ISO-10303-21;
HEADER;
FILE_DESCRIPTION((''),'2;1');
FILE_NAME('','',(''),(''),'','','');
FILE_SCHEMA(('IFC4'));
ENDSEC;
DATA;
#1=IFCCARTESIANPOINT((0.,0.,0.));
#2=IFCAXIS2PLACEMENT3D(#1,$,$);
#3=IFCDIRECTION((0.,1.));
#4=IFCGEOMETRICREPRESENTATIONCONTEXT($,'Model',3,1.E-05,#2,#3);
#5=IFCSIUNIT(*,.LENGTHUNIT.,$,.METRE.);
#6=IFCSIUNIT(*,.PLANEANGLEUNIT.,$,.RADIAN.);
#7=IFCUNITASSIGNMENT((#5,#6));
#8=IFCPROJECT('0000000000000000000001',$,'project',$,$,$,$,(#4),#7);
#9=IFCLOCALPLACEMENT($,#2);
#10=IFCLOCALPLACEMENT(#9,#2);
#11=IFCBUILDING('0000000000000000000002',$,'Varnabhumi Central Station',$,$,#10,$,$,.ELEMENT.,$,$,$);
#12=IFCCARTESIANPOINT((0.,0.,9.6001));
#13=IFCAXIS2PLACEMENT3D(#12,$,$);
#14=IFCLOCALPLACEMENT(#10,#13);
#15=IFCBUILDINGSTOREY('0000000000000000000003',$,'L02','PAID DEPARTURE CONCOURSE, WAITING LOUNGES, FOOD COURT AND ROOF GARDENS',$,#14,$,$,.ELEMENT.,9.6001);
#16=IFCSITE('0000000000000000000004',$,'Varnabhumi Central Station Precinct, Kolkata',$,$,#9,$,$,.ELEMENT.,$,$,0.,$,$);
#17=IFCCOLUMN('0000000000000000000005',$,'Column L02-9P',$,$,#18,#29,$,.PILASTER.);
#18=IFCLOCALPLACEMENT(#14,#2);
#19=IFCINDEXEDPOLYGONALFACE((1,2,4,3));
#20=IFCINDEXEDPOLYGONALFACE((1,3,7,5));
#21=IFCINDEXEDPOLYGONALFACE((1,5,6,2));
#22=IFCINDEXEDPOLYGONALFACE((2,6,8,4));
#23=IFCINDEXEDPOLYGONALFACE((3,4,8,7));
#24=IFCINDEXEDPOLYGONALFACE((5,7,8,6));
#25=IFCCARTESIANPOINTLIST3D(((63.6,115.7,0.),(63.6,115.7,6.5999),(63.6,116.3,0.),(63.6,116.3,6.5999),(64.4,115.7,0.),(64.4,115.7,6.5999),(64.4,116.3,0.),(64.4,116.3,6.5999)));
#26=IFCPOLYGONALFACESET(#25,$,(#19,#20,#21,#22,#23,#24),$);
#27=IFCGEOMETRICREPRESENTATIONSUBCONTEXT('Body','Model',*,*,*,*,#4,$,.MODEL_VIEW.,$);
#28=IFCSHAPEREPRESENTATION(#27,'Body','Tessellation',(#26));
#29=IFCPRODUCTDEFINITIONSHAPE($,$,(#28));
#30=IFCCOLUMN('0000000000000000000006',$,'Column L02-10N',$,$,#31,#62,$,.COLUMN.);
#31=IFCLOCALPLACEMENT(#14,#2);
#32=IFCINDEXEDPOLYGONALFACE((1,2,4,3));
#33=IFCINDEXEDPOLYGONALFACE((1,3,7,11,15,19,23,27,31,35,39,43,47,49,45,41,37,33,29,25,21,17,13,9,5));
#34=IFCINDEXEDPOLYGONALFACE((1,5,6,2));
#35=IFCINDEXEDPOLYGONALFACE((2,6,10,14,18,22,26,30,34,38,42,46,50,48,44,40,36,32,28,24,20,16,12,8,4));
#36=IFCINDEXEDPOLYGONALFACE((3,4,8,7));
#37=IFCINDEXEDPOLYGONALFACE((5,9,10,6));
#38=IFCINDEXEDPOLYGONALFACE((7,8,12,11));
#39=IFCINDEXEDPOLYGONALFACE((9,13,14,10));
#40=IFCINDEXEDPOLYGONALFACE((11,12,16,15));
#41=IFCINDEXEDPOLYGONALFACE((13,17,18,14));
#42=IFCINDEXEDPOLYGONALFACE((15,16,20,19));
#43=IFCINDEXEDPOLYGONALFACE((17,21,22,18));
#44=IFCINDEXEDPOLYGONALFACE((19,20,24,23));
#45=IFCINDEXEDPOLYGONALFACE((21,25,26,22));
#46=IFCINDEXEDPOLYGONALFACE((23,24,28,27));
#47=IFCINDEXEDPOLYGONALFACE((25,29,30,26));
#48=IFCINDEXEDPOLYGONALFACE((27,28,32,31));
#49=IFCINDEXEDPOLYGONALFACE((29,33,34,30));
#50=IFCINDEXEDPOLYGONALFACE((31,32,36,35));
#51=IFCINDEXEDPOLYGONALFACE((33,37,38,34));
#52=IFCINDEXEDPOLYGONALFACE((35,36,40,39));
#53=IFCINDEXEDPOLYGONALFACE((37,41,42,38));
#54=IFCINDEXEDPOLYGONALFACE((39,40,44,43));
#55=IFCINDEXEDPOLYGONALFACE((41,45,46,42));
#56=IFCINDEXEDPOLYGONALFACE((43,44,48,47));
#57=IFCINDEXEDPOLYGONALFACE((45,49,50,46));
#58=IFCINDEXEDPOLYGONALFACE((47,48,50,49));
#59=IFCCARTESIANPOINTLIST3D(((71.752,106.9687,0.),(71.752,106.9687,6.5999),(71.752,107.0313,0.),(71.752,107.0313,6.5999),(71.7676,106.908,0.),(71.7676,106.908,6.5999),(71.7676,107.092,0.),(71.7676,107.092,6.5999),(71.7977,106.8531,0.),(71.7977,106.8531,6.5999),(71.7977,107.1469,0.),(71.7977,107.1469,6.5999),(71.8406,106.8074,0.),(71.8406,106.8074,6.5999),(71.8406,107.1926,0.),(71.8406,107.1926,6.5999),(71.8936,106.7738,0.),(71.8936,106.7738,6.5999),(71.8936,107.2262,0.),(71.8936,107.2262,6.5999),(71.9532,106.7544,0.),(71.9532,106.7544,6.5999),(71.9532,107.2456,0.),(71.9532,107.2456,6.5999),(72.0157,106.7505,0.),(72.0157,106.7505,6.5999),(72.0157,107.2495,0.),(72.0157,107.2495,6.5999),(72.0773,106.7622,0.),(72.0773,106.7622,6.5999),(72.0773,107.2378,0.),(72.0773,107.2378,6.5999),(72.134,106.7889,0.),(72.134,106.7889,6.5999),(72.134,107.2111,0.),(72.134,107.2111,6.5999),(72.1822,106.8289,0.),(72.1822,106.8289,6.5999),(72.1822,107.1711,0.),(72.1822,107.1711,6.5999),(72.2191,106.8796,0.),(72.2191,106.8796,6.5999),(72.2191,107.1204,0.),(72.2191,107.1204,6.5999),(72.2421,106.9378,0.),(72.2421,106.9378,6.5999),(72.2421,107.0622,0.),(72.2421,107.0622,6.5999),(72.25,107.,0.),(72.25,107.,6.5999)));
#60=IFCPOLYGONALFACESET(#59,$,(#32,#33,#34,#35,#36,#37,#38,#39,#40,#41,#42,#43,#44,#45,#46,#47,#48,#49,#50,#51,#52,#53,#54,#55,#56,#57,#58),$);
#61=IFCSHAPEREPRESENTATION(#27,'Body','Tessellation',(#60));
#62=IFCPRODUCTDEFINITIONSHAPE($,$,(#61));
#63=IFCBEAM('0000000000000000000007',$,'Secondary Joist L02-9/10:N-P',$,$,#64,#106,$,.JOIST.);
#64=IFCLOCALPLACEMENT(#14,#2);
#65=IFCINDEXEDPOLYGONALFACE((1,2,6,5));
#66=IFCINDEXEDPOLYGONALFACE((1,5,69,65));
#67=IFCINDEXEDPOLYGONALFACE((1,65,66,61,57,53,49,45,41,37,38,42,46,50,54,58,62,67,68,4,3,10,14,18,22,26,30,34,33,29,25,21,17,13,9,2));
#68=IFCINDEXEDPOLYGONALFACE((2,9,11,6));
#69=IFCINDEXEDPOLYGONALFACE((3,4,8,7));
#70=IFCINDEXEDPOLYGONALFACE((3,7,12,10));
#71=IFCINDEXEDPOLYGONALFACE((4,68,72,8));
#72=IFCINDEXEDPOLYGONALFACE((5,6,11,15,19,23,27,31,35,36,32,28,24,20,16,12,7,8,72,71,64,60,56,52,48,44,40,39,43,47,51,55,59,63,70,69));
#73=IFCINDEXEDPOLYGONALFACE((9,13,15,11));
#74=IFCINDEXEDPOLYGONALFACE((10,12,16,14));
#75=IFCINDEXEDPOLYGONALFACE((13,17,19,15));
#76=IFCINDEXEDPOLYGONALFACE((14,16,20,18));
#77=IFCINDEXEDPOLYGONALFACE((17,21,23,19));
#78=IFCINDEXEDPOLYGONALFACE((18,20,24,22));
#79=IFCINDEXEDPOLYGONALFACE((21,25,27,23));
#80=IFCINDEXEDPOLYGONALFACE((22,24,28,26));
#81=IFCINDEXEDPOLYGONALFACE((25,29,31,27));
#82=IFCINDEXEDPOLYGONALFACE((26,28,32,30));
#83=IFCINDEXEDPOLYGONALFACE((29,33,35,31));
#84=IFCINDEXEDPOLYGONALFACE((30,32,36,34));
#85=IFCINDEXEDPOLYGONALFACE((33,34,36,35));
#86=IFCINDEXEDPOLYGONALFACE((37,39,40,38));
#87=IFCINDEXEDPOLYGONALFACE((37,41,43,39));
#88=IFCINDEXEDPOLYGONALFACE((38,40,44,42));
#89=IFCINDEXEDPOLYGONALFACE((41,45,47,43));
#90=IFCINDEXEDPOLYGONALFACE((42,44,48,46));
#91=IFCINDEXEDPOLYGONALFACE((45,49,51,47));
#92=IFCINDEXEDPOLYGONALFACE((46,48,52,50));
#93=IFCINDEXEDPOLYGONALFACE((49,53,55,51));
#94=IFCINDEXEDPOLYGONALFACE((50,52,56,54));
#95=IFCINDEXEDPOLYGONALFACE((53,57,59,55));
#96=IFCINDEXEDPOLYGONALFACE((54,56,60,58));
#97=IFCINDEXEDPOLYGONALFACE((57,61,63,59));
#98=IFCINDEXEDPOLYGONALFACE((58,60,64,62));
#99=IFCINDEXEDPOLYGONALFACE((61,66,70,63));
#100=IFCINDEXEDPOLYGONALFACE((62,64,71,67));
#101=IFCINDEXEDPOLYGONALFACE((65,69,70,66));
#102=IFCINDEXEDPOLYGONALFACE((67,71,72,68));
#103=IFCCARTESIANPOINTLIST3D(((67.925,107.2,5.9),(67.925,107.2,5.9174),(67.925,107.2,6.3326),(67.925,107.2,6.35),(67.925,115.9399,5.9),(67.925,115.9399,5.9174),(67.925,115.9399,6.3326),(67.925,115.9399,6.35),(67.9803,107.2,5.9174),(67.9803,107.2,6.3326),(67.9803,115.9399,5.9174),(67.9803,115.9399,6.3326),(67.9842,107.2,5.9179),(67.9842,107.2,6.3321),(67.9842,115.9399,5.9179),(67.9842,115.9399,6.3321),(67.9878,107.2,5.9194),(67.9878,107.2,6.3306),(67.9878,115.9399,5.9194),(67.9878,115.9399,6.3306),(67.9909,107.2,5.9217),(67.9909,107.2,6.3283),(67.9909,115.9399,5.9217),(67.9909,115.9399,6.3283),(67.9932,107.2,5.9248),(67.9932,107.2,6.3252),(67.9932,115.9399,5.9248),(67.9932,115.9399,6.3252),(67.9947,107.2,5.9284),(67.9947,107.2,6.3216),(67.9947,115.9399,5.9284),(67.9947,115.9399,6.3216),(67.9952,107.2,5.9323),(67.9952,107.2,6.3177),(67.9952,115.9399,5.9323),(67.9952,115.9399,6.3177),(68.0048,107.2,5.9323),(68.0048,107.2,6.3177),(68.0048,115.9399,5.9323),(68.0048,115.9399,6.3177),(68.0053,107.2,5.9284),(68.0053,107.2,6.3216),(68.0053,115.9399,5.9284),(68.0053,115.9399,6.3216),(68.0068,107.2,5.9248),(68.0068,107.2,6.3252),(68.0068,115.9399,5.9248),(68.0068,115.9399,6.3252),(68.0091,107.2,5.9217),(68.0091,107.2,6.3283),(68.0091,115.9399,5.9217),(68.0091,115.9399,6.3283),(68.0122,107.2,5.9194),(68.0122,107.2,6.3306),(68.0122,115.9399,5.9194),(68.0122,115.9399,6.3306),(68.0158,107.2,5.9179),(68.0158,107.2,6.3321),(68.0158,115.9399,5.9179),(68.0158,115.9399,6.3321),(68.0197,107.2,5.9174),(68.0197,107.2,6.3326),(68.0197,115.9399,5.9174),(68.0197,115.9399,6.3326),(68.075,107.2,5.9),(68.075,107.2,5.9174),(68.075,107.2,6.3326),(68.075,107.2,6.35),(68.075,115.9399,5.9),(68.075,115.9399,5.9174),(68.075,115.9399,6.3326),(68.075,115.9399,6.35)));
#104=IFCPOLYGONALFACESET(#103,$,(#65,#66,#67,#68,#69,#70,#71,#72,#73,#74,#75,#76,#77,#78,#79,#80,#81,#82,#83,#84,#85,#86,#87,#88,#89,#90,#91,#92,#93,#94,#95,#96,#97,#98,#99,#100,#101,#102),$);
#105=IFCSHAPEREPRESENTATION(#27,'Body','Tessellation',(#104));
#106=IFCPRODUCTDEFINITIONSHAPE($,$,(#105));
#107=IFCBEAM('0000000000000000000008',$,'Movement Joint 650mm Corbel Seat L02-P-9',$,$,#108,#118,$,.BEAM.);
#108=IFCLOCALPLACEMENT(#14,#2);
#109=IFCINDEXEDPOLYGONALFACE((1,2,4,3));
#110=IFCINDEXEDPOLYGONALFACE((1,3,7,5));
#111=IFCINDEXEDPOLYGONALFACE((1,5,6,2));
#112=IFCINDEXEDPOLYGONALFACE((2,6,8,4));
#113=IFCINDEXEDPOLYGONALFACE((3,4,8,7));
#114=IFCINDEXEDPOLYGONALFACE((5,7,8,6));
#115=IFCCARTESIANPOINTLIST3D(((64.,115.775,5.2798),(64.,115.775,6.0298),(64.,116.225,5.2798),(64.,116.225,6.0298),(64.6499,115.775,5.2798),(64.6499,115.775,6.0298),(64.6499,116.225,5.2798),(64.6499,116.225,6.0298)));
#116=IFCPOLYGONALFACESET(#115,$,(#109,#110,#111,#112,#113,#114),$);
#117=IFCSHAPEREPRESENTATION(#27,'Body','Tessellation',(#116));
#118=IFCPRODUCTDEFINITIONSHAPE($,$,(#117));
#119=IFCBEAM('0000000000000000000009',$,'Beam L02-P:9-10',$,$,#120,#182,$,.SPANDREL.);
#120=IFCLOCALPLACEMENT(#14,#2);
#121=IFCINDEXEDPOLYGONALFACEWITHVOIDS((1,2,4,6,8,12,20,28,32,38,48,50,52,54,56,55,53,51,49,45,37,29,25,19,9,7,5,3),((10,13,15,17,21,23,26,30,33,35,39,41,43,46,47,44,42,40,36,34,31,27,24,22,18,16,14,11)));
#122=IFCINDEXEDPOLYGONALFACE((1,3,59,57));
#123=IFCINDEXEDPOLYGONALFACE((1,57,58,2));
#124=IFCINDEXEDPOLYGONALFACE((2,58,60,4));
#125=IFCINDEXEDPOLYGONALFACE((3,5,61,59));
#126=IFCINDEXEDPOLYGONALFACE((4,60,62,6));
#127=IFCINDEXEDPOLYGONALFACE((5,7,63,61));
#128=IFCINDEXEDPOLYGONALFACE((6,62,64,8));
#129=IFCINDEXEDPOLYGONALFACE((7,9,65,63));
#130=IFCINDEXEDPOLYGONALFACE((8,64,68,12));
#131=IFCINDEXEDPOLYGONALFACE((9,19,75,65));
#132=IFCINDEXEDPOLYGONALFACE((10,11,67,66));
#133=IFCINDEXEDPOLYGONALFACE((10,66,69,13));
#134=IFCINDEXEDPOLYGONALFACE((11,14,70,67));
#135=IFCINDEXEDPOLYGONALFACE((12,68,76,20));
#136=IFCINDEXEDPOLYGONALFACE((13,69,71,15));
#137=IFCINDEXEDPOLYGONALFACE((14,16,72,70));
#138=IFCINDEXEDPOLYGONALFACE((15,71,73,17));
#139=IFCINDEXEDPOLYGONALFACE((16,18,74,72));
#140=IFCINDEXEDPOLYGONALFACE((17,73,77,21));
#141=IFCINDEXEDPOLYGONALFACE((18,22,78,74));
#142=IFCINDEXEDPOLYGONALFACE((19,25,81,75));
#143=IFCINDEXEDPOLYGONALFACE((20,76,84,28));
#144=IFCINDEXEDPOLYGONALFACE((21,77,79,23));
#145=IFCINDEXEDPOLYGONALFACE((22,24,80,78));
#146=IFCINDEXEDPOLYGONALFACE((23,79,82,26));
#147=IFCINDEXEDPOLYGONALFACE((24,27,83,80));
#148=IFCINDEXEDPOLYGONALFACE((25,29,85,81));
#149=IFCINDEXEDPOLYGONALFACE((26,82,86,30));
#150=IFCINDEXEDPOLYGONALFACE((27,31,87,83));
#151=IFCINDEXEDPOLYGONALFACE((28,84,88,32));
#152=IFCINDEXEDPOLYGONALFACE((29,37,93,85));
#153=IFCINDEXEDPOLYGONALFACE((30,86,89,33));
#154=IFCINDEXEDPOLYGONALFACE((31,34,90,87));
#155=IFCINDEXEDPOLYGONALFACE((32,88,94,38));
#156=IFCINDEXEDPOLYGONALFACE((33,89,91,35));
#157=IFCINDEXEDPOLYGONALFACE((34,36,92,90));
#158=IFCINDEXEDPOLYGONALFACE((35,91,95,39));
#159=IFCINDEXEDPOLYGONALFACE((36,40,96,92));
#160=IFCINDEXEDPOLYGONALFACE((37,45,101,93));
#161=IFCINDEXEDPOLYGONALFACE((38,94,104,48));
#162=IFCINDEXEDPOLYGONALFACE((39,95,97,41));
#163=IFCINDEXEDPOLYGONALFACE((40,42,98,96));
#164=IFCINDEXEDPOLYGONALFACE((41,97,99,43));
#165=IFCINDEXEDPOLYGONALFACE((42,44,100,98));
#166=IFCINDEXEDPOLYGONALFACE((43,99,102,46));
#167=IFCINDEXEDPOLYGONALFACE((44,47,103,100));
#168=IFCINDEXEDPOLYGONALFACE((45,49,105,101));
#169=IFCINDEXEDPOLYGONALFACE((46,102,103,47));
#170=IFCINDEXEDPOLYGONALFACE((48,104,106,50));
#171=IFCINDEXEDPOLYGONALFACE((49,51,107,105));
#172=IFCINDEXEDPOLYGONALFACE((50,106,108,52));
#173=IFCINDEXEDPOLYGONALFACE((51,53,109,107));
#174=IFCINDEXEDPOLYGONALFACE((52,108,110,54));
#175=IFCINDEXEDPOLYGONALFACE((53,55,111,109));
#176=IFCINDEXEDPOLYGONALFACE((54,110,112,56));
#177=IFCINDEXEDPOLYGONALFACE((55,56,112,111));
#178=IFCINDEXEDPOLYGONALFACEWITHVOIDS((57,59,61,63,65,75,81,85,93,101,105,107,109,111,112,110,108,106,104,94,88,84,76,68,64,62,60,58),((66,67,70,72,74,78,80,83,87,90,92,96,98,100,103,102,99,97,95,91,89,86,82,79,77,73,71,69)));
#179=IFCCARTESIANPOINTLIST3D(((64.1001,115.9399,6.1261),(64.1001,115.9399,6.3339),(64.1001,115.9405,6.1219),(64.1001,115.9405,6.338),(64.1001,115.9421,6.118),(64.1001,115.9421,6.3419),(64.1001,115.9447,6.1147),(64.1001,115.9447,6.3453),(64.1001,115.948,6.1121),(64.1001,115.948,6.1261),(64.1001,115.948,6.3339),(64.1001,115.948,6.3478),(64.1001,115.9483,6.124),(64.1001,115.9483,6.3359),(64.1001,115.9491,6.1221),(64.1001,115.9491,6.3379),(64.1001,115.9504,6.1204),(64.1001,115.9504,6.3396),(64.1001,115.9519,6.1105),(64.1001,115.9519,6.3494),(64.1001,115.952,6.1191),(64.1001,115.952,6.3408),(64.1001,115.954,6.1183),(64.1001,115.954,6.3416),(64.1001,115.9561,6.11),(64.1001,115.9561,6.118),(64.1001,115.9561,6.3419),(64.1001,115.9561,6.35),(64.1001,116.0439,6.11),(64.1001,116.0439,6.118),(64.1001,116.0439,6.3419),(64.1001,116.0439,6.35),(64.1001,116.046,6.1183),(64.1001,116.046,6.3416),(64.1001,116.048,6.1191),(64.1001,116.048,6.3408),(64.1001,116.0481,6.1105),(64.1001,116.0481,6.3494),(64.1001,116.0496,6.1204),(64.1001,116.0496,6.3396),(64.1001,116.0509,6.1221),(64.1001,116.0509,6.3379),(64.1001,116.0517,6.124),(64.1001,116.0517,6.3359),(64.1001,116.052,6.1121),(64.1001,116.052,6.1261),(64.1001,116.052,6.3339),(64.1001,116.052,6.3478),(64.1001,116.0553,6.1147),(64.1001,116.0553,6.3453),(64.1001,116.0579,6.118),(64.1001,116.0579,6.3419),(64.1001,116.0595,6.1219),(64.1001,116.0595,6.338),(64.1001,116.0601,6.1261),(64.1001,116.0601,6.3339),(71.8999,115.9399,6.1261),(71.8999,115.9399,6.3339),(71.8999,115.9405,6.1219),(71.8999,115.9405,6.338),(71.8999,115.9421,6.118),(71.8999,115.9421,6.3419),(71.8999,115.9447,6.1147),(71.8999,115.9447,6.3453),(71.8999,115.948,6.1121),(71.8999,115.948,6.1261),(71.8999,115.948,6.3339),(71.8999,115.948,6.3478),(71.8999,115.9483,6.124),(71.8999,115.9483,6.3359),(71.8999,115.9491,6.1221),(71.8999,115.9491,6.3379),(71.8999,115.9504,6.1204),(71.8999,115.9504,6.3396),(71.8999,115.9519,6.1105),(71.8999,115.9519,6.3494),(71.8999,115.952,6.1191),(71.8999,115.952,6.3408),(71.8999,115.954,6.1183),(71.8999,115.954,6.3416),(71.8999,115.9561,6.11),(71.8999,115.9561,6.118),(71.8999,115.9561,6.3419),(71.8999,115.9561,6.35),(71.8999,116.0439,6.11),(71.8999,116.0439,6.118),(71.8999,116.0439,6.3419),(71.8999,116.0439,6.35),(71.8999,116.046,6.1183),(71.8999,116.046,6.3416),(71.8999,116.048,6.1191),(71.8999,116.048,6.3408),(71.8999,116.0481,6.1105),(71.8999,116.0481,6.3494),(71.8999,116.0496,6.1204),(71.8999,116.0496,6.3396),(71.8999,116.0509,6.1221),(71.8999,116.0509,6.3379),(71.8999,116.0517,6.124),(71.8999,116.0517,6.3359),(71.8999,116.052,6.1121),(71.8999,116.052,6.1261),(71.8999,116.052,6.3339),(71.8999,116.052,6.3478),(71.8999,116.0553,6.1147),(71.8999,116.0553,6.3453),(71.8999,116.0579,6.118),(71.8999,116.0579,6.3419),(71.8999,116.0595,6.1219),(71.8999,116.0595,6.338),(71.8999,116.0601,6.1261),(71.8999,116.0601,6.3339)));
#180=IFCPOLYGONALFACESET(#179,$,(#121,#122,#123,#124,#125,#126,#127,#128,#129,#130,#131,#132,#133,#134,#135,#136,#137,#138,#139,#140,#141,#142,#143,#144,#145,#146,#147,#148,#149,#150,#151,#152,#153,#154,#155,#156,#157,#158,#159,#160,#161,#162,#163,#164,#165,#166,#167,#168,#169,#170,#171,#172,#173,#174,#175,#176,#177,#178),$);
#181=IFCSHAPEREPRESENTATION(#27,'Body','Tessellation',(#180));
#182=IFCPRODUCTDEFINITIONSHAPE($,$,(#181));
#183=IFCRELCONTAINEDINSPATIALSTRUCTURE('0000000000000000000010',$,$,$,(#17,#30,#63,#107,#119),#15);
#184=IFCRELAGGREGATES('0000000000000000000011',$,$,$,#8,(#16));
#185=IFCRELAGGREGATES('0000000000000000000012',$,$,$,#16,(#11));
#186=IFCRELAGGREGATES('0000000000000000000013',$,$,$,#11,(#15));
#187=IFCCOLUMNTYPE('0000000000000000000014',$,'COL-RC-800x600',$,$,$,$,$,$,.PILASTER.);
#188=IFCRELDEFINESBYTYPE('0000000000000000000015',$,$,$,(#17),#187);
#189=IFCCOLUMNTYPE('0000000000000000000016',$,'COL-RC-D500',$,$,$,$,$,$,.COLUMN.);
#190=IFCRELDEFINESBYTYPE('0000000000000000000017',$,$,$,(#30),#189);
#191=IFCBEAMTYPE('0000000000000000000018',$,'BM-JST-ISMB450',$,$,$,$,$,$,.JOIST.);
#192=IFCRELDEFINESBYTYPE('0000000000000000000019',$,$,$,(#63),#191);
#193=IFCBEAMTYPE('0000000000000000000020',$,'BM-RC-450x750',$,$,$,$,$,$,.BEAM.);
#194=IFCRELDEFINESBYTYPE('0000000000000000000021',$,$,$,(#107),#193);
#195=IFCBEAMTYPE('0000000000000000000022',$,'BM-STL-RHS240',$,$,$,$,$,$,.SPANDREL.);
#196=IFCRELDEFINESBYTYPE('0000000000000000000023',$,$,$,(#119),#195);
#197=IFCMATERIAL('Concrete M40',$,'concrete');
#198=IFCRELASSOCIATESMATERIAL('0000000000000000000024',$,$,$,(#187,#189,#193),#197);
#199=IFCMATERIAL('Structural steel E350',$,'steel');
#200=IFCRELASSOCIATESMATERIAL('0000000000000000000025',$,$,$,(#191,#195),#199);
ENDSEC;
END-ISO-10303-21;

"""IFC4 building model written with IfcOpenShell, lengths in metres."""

from ifc_helpers import new_model, si_unit, direction, frame, origin, origin_2d, place, context, subcontext, project, spatial, rectangle, hollow_rectangle, circle, i_section, extrude, material, material_profile, profile_set, type_object, element, save


model = new_model("IFC4")

# Units and contexts
model_context = context("Model", 3, precision=1e-05, world=origin(), true_north=direction((0.0, 1.0)))
body_context = subcontext(model_context, "Body", "Model", "MODEL_VIEW")
ifc_project = project(units=[si_unit("LENGTHUNIT", "METRE"), si_unit("PLANEANGLEUNIT", "RADIAN")], contexts=[model_context])

# Site, building, storey
site_placement = place(None, origin())
site = spatial("IfcSite", under=ifc_project, at=site_placement, Name="Varnabhumi Central Station Precinct, Kolkata", CompositionType="ELEMENT", RefElevation=0.0)
building_placement = place(site_placement, origin())
building = spatial("IfcBuilding", under=site, at=building_placement, Name="Varnabhumi Central Station", CompositionType="ELEMENT")
storey_placement = place(building_placement, frame((0.0, 0.0, 9.6001)))
storey = spatial("IfcBuildingStorey", under=building, at=storey_placement, Name="L02", Description="PAID DEPARTURE CONCOURSE, WAITING LOUNGES, FOOD COURT AND ROOF GARDENS", CompositionType="ELEMENT", Elevation=9.6001)

# Columns
ifc_material_1 = material(Name="Concrete M40", Category="concrete")
ifc_material_profile_1 = material_profile(ifc_material_1, rectangle(XDim=0.8, YDim=0.6001, at=origin_2d()), Name="Concrete M40", Category="concrete")
ifc_profile_set_1 = profile_set([ifc_material_profile_1], Name="Concrete M40")
column_type_1 = type_object("IfcColumnType", Name="COL-RC-800x600", PredefinedType="PILASTER", material=ifc_profile_set_1)
column_1_placement = place(storey_placement, frame((64.0, 116.0, 0.0), z_axis=(0.0, 0.0, 1.0), x_axis=(1.0, 0.0, 0.0)))
element("IfcColumn", 1, at=column_1_placement, inside=storey, type_object=column_type_1, Name="Column L02-9P", PredefinedType="PILASTER", context=body_context, shape_type="SweptSolid", body=[
    extrude(rectangle(XDim=0.8, YDim=0.6001, at=origin_2d()), origin(), (0.0, 0.0, 1.0), 6.5999),
])
ifc_material_profile_2 = material_profile(ifc_material_1, circle(Radius=0.25, at=origin_2d()), Name="Concrete M40", Category="concrete")
ifc_profile_set_2 = profile_set([ifc_material_profile_2], Name="Concrete M40")
column_type_2 = type_object("IfcColumnType", Name="COL-RC-D500", PredefinedType="COLUMN", material=ifc_profile_set_2)
column_2_placement = place(storey_placement, frame((72.0, 107.0, 0.0), z_axis=(0.0, 0.0, 1.0), x_axis=(1.0, 0.0, 0.0)))
element("IfcColumn", 2, at=column_2_placement, inside=storey, type_object=column_type_2, Name="Column L02-10N", PredefinedType="COLUMN", context=body_context, shape_type="SweptSolid", body=[
    extrude(circle(Radius=0.25, at=origin_2d()), origin(), (0.0, 0.0, 1.0), 6.5999),
])

# Beams
ifc_material_2 = material(Name="Structural steel E350", Category="steel")
ifc_material_profile_3 = material_profile(ifc_material_2, i_section(OverallWidth=0.1499, OverallDepth=0.45, WebThickness=0.0095, FlangeThickness=0.0173, FilletRadius=0.0149, at=origin_2d()), Name="Structural steel E350", Category="steel")
ifc_profile_set_3 = profile_set([ifc_material_profile_3], Name="Structural steel E350")
beam_type_1 = type_object("IfcBeamType", Name="BM-JST-ISMB450", PredefinedType="JOIST", material=ifc_profile_set_3)
beam_1_placement = place(storey_placement, frame((68.0, 107.2, 6.125), z_axis=(0.0, 1.0, 0.0), x_axis=(-1.0, 0.0, 0.0)))
element("IfcBeam", 3, at=beam_1_placement, inside=storey, type_object=beam_type_1, Name="Secondary Joist L02-9/10:N-P", PredefinedType="JOIST", context=body_context, shape_type="SweptSolid", body=[
    extrude(i_section(OverallWidth=0.1499, OverallDepth=0.45, WebThickness=0.0095, FlangeThickness=0.0173, FilletRadius=0.0149, at=origin_2d()), origin(), (0.0, 0.0, 1.0), 8.74),
])
ifc_material_profile_4 = material_profile(ifc_material_1, rectangle(XDim=0.45, YDim=0.75, at=origin_2d()), Name="Concrete M40", Category="concrete")
ifc_profile_set_4 = profile_set([ifc_material_profile_4], Name="Concrete M40")
beam_type_2 = type_object("IfcBeamType", Name="BM-RC-450x750", PredefinedType="BEAM", material=ifc_profile_set_4)
beam_2_placement = place(storey_placement, frame((64.0, 116.0, 5.6548), z_axis=(1.0, 0.0, 0.0), x_axis=(0.0, 1.0, 0.0)))
element("IfcBeam", 4, at=beam_2_placement, inside=storey, type_object=beam_type_2, Name="Movement Joint 650mm Corbel Seat L02-P-9", PredefinedType="BEAM", context=body_context, shape_type="SweptSolid", body=[
    extrude(rectangle(XDim=0.45, YDim=0.75, at=origin_2d()), origin(), (0.0, 0.0, 1.0), 0.6499),
])
ifc_material_profile_5 = material_profile(ifc_material_2, hollow_rectangle(XDim=0.1201, YDim=0.24, WallThickness=0.0081, InnerFilletRadius=0.0081, OuterFilletRadius=0.0161, at=origin_2d()), Name="Structural steel E350", Category="steel")
ifc_profile_set_5 = profile_set([ifc_material_profile_5], Name="Structural steel E350")
beam_type_3 = type_object("IfcBeamType", Name="BM-STL-RHS240", PredefinedType="SPANDREL", material=ifc_profile_set_5)
beam_3_placement = place(storey_placement, frame((64.1001, 116.0, 6.23), z_axis=(1.0, 0.0, 0.0), x_axis=(0.0, 1.0, 0.0)))
element("IfcBeam", 5, at=beam_3_placement, inside=storey, type_object=beam_type_3, Name="Beam L02-P:9-10", PredefinedType="SPANDREL", context=body_context, shape_type="SweptSolid", body=[
    extrude(hollow_rectangle(XDim=0.1201, YDim=0.24, WallThickness=0.0081, InnerFilletRadius=0.0081, OuterFilletRadius=0.0161, at=origin_2d()), origin(), (0.0, 0.0, 1.0), 7.7998),
])

save(model, "model.ifc")
